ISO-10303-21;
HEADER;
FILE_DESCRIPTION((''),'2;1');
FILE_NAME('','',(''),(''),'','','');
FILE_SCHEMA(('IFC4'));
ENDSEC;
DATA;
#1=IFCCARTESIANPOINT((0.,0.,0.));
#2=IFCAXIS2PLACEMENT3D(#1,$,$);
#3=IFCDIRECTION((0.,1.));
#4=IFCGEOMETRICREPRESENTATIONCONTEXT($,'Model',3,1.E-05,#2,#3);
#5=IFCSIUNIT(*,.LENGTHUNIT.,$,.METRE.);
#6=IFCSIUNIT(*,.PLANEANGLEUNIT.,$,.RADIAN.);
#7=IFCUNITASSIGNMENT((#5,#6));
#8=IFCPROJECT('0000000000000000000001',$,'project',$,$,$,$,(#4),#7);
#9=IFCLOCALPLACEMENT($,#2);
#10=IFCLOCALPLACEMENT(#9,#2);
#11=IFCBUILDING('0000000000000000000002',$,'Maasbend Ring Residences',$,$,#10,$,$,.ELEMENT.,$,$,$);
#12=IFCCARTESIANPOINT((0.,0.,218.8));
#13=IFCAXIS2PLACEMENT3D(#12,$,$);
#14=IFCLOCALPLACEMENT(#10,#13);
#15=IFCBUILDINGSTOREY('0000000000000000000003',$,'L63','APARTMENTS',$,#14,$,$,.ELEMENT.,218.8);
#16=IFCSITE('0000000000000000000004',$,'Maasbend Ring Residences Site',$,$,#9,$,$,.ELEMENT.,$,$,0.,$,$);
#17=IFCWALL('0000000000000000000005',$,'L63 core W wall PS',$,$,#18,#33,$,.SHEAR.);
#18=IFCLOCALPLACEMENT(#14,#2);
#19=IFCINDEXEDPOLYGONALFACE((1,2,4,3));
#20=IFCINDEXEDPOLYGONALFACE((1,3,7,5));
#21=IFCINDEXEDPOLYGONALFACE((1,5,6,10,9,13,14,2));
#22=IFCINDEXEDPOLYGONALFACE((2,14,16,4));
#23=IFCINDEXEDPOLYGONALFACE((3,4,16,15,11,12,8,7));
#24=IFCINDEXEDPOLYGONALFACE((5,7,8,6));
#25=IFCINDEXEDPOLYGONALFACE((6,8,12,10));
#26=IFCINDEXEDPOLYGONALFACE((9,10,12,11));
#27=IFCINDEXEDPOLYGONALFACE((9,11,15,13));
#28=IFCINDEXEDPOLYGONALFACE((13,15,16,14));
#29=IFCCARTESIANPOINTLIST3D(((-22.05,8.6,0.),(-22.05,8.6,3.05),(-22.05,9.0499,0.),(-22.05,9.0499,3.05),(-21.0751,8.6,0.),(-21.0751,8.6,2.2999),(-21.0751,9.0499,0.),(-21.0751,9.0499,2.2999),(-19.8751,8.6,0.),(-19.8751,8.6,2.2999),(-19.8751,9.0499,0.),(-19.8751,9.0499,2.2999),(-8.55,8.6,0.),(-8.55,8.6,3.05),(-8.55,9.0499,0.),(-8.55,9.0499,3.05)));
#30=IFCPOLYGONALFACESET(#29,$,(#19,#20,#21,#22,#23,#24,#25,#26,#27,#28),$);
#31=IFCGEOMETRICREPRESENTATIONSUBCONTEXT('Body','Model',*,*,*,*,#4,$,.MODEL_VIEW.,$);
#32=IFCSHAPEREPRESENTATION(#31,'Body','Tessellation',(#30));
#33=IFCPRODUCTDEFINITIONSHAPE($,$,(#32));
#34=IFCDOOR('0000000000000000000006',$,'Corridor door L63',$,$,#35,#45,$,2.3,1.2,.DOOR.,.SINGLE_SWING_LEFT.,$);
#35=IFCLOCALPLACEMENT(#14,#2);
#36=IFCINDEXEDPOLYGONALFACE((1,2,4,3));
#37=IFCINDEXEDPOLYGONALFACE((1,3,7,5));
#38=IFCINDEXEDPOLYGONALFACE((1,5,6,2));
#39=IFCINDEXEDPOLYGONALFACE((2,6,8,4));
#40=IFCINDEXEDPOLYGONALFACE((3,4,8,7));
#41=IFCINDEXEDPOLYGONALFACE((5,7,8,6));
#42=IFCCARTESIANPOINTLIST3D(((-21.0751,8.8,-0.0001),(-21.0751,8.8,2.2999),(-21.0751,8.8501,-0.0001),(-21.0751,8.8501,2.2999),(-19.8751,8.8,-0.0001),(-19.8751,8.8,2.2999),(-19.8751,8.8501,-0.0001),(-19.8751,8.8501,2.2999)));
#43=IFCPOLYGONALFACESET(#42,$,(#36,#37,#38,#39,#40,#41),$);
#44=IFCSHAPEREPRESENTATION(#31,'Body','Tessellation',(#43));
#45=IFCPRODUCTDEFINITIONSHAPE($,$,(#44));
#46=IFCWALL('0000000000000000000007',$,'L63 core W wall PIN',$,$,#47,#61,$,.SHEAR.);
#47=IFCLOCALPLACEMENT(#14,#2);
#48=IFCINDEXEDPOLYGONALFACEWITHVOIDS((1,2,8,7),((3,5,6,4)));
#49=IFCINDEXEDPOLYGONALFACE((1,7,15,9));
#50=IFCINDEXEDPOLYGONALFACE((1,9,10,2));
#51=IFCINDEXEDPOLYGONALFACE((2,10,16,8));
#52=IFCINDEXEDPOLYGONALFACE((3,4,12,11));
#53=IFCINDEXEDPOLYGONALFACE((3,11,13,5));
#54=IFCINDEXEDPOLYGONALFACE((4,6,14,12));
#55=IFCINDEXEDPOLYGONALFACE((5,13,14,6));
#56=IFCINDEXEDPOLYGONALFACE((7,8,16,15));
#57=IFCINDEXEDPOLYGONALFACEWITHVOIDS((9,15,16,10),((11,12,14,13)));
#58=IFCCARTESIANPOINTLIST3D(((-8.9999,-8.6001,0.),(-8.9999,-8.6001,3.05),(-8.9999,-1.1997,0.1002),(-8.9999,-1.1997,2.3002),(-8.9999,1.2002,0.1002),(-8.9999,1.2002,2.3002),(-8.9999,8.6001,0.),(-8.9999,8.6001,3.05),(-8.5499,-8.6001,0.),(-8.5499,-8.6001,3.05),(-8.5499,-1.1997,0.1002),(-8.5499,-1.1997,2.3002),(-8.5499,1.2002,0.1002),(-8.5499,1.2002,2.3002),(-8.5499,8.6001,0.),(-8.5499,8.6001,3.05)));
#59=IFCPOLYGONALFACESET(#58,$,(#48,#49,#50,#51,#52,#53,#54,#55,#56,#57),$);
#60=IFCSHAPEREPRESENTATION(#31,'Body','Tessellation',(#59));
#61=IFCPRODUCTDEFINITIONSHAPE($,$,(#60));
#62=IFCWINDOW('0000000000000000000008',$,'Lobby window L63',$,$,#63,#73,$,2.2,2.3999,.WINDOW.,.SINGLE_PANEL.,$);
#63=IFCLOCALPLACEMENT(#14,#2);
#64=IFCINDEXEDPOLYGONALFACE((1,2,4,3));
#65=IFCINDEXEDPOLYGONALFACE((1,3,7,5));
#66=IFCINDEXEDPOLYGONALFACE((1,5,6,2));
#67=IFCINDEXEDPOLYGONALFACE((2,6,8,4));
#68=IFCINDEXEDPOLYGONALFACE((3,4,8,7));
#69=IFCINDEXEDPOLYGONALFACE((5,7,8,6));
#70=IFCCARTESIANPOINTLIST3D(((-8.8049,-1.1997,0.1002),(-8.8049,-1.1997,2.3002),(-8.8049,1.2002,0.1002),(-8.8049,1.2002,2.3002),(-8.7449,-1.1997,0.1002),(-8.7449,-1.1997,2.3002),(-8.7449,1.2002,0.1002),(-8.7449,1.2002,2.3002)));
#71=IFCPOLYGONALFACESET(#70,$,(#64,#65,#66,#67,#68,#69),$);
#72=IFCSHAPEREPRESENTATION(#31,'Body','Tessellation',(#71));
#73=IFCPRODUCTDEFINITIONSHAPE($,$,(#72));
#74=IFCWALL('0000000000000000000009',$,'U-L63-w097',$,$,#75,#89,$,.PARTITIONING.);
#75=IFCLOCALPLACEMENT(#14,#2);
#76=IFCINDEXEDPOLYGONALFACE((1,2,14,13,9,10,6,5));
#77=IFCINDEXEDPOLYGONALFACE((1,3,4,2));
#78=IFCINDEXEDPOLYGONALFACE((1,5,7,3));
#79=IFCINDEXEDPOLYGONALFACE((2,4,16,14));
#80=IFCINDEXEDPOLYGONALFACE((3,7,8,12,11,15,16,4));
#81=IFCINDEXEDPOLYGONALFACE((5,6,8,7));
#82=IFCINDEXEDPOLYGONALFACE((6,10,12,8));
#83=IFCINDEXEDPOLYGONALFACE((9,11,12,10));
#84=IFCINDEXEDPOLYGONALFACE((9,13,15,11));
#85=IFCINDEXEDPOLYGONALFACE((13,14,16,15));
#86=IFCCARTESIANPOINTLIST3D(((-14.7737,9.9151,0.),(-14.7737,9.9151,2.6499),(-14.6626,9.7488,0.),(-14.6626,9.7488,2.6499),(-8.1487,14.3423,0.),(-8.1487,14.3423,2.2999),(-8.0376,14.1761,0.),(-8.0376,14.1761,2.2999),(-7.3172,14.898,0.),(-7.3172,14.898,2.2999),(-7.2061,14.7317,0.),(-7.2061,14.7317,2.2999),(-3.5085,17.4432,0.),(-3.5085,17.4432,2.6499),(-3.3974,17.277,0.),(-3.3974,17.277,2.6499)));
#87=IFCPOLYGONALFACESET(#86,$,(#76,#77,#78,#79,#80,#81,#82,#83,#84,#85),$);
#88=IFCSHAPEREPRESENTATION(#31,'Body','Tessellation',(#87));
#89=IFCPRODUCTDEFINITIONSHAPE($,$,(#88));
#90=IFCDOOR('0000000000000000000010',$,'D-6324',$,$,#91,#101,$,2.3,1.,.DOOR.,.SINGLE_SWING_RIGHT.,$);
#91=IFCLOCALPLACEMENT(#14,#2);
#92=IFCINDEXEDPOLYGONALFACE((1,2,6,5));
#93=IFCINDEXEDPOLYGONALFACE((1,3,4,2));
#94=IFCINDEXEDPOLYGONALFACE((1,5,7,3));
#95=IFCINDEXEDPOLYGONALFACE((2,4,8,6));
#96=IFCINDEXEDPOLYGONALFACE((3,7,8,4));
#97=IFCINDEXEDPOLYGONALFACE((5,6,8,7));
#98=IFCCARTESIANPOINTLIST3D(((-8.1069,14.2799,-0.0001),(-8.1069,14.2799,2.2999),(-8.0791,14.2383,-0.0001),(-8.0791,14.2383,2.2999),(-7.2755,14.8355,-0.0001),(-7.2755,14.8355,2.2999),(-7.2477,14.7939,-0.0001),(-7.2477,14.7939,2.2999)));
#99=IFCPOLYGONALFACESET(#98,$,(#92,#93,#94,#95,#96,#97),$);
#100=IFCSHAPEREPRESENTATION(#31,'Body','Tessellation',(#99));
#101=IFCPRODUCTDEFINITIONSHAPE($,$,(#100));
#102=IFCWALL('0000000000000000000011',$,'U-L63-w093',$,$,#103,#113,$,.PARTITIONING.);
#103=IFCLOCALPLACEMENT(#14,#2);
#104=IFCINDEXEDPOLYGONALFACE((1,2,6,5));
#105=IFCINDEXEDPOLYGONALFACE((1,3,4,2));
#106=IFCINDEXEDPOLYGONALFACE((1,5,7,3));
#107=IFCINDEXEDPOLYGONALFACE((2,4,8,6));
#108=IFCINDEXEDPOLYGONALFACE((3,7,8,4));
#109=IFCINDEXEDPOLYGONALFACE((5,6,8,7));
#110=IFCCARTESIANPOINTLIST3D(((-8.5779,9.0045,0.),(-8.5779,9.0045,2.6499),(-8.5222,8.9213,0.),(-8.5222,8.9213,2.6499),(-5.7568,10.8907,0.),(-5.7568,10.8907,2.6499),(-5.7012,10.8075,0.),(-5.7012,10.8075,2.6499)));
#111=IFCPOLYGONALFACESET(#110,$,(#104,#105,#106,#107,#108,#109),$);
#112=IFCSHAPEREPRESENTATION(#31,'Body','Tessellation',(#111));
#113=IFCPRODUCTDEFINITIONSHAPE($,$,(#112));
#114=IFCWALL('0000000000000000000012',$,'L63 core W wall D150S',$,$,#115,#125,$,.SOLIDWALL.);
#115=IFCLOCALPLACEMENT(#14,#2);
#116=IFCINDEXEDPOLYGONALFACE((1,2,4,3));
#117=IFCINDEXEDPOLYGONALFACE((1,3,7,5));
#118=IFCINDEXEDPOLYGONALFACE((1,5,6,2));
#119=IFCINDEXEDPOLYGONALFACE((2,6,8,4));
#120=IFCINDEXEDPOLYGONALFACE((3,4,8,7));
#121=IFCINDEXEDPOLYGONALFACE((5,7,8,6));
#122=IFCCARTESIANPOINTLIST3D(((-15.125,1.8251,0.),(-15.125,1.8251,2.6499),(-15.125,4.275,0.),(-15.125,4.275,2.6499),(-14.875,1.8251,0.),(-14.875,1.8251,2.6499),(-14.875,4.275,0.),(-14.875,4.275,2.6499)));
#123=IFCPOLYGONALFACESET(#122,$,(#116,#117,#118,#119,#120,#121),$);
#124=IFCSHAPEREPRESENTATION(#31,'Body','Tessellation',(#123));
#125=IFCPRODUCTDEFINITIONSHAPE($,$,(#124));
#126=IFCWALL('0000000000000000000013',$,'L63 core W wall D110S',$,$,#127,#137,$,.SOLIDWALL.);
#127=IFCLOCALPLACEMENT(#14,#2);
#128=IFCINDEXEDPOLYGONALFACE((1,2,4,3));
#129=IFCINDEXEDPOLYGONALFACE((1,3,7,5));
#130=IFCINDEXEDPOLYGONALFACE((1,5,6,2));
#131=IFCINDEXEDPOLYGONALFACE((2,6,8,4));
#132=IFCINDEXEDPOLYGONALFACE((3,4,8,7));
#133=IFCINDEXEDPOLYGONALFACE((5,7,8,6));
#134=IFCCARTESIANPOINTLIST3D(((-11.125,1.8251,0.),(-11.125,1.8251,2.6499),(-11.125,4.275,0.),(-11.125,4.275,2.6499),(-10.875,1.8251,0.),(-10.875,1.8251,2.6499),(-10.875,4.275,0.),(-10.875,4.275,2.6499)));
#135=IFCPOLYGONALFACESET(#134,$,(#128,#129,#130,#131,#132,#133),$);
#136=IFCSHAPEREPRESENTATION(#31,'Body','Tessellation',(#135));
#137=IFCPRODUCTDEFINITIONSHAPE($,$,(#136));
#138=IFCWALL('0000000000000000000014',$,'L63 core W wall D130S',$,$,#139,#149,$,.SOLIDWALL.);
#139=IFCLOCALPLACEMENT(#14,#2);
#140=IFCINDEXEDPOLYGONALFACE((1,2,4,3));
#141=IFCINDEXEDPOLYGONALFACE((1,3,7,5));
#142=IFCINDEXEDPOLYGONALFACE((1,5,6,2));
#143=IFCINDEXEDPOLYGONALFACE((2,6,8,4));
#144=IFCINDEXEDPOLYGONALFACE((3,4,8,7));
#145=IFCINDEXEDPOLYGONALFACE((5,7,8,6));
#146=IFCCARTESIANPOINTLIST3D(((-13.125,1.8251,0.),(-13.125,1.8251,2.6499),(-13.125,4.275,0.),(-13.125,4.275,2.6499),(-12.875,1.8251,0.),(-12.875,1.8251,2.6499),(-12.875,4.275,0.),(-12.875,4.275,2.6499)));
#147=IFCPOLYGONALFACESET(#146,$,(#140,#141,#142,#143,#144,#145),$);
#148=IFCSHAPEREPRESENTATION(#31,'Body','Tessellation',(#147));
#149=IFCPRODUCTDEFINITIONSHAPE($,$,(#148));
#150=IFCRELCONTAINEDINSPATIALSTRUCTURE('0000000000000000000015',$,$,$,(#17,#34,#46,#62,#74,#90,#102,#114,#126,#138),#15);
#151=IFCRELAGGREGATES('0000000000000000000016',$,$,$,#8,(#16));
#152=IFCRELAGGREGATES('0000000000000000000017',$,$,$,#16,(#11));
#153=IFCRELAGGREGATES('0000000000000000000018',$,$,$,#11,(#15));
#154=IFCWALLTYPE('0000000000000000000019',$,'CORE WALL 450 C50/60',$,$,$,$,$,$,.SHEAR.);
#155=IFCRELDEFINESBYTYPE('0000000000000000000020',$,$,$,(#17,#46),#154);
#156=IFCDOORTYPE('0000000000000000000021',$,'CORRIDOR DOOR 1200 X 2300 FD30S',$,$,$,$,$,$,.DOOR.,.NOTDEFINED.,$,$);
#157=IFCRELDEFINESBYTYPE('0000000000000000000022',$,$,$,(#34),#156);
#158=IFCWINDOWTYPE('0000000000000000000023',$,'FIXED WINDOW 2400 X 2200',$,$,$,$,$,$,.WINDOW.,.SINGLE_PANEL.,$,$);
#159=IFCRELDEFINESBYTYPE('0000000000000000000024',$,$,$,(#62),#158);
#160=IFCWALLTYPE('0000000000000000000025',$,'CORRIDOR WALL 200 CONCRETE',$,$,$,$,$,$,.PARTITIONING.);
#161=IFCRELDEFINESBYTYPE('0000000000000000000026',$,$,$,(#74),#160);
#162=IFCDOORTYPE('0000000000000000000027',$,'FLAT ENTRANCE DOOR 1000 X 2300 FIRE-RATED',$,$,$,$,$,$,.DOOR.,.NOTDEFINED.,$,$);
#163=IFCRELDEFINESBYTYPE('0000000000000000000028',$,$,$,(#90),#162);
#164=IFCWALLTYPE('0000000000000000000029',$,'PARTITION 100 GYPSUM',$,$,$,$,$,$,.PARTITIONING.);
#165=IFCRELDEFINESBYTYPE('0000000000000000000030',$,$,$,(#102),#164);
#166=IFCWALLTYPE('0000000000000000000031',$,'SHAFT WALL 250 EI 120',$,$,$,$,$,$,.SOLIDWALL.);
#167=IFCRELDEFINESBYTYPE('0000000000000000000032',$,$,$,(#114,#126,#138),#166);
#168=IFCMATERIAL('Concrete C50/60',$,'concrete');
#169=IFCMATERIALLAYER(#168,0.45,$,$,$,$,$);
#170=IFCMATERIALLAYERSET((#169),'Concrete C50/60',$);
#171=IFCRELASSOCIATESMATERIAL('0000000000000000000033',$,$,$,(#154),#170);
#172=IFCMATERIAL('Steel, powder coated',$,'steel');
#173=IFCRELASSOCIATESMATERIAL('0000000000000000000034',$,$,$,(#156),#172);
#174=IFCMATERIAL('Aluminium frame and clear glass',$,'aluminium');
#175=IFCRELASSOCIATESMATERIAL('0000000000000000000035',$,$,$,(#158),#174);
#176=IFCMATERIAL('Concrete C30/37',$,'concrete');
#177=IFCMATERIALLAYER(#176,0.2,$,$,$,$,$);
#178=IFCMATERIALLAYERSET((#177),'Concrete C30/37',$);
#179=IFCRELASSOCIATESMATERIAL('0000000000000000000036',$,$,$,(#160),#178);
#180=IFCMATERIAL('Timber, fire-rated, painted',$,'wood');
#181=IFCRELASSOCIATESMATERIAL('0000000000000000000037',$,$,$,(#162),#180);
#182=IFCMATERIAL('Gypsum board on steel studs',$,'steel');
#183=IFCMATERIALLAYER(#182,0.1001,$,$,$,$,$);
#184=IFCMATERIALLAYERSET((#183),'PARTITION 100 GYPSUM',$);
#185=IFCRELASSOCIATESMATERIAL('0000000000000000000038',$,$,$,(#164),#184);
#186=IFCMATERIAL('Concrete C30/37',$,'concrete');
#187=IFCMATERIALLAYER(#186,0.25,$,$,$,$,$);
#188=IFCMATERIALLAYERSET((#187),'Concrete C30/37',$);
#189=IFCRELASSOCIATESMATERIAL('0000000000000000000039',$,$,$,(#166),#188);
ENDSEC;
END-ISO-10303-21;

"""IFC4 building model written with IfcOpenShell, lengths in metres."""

from ifc_helpers import new_model, si_unit, direction, frame, frame_2d, origin, place, context, subcontext, project, spatial, rectangle, extrude, material, layer, layer_set, type_object, element, fill, save


model = new_model("IFC4")

# Units and contexts
model_context = context("Model", 3, precision=1e-05, world=origin(), true_north=direction((0.0, 1.0)))
body_context = subcontext(model_context, "Body", "Model", "MODEL_VIEW")
ifc_project = project(units=[si_unit("LENGTHUNIT", "METRE"), si_unit("PLANEANGLEUNIT", "RADIAN")], contexts=[model_context])

# Site, building, storey
site_placement = place(None, origin())
site = spatial("IfcSite", under=ifc_project, at=site_placement, Name="Maasbend Ring Residences Site", CompositionType="ELEMENT", RefElevation=0.0)
building_placement = place(site_placement, origin())
building = spatial("IfcBuilding", under=site, at=building_placement, Name="Maasbend Ring Residences", CompositionType="ELEMENT")
storey_placement = place(building_placement, frame((0.0, 0.0, 218.8)))
storey = spatial("IfcBuildingStorey", under=building, at=storey_placement, Name="L63", Description="APARTMENTS", CompositionType="ELEMENT", Elevation=218.8)

# Wall, opening, door
ifc_material_1 = material(Name="Concrete C50/60", Category="concrete")
ifc_layer_1 = layer(ifc_material_1, 0.45)
ifc_layer_set_1 = layer_set([ifc_layer_1], Name="Concrete C50/60")
wall_type_1 = type_object("IfcWallType", Name="CORE WALL 450 C50/60", PredefinedType="SHEAR", material=ifc_layer_set_1)
wall_1_placement = place(storey_placement, frame((-8.55, 8.825, 0.0), z_axis=(0.0, 0.0, 1.0), x_axis=(-1.0, 0.0, 0.0)))
wall_1 = element("IfcWall", 1, at=wall_1_placement, inside=storey, type_object=wall_type_1, Name="L63 core W wall PS", PredefinedType="SHEAR", context=body_context, shape_type="SweptSolid", body=[
    extrude(rectangle(XDim=13.5, YDim=0.45, at=frame_2d((6.75, 0.0))), origin(), (0.0, 0.0, 1.0), 3.05),
])
opening_1_placement = place(wall_1_placement, frame((11.325, 0.0, 0.0)))
opening_1 = element("IfcOpeningElement", 2, at=opening_1_placement, cuts=wall_1, PredefinedType="OPENING", context=body_context, shape_type="SweptSolid", body=[
    extrude(rectangle(XDim=1.2, YDim=2.3, at=frame_2d((0.6001, 1.1499))), frame((0.0, 0.2349, 0.0), z_axis=(0.0, -1.0, 0.0), x_axis=(1.0, 0.0, 0.0)), (0.0, 0.0, 1.0), 0.47),
])
ifc_material_2 = material(Name="Steel, powder coated", Category="steel")
door_type_1 = type_object("IfcDoorType", Name="CORRIDOR DOOR 1200 X 2300 FD30S", OperationType="NOTDEFINED", PredefinedType="DOOR", material=ifc_material_2)
door_1_placement = place(opening_1_placement, origin())
door_1 = element("IfcDoor", 3, at=door_1_placement, inside=storey, type_object=door_type_1, Name="Corridor door L63", OperationType="SINGLE_SWING_LEFT", OverallHeight=2.3, OverallWidth=1.2, PredefinedType="DOOR", context=body_context, shape_type="SweptSolid", body=[
    extrude(rectangle(XDim=1.2, YDim=2.3, at=frame_2d((0.6001, 1.1499))), frame((0.0, 0.0249, 0.0), z_axis=(0.0, -1.0, 0.0), x_axis=(1.0, 0.0, 0.0)), (0.0, 0.0, 1.0), 0.05),
])
fill(opening_1, door_1)

# Wall, opening, window
wall_2_placement = place(storey_placement, frame((-8.7749, 8.6001, 0.0), z_axis=(0.0, 0.0, 1.0), x_axis=(0.0, -1.0, 0.0)))
wall_2 = element("IfcWall", 4, at=wall_2_placement, inside=storey, type_object=wall_type_1, Name="L63 core W wall PIN", PredefinedType="SHEAR", context=body_context, shape_type="SweptSolid", body=[
    extrude(rectangle(XDim=17.2002, YDim=0.45, at=frame_2d((8.6001, 0.0))), origin(), (0.0, 0.0, 1.0), 3.05),
])
opening_2_placement = place(wall_2_placement, frame((7.3999, 0.0, 0.1001)))
opening_2 = element("IfcOpeningElement", 5, at=opening_2_placement, cuts=wall_2, PredefinedType="OPENING", context=body_context, shape_type="SweptSolid", body=[
    extrude(rectangle(XDim=2.3999, YDim=2.2, at=frame_2d((1.2, 1.1001))), frame((0.0, 0.2349, 0.0), z_axis=(0.0, -1.0, 0.0), x_axis=(1.0, 0.0, 0.0)), (0.0, 0.0, 1.0), 0.47),
])
ifc_material_3 = material(Name="Aluminium frame and clear glass", Category="aluminium")
window_type = type_object("IfcWindowType", Name="FIXED WINDOW 2400 X 2200", PartitioningType="SINGLE_PANEL", PredefinedType="WINDOW", material=ifc_material_3)
window_placement = place(opening_2_placement, origin())
window = element("IfcWindow", 6, at=window_placement, inside=storey, type_object=window_type, Name="Lobby window L63", OverallHeight=2.2, OverallWidth=2.3999, PartitioningType="SINGLE_PANEL", PredefinedType="WINDOW", context=body_context, shape_type="SweptSolid", body=[
    extrude(rectangle(XDim=2.3999, YDim=2.2, at=frame_2d((1.2, 1.1001))), frame((0.0, 0.03, 0.0), z_axis=(0.0, -1.0, 0.0), x_axis=(1.0, 0.0, 0.0)), (0.0, 0.0, 1.0), 0.0601),
])
fill(opening_2, window)

# Wall, opening, door
ifc_material_4 = material(Name="Concrete C30/37", Category="concrete")
ifc_layer_2 = layer(ifc_material_4, 0.2)
ifc_layer_set_2 = layer_set([ifc_layer_2], Name="Concrete C30/37")
wall_type_2 = type_object("IfcWallType", Name="CORRIDOR WALL 200 CONCRETE", PredefinedType="PARTITIONING", material=ifc_layer_set_2)
wall_3_placement = place(storey_placement, frame((-14.718, 9.832, 0.0), z_axis=(0.0, 0.0, 1.0), x_axis=(0.831437, 0.555619, 0.0)))
wall_3 = element("IfcWall", 7, at=wall_3_placement, inside=storey, type_object=wall_type_2, Name="U-L63-w097", PredefinedType="PARTITIONING", context=body_context, shape_type="SweptSolid", body=[
    extrude(rectangle(XDim=13.5491, YDim=0.2, at=frame_2d((6.7744, 0.0))), origin(), (0.0, 0.0, 1.0), 2.6499),
])
opening_3_placement = place(wall_3_placement, frame((7.968, 0.0, 0.0)))
opening_3 = element("IfcOpeningElement", 8, at=opening_3_placement, cuts=wall_3, PredefinedType="OPENING", context=body_context, shape_type="SweptSolid", body=[
    extrude(rectangle(XDim=1.0, YDim=2.3, at=frame_2d((0.5, 1.1499))), frame((0.0, 0.1099, 0.0), z_axis=(0.0, -1.0, 0.0), x_axis=(1.0, 0.0, 0.0)), (0.0, 0.0, 1.0), 0.22),
])
ifc_material_5 = material(Name="Timber, fire-rated, painted", Category="wood")
door_type_2 = type_object("IfcDoorType", Name="FLAT ENTRANCE DOOR 1000 X 2300 FIRE-RATED", OperationType="NOTDEFINED", PredefinedType="DOOR", material=ifc_material_5)
door_2_placement = place(opening_3_placement, origin())
door_2 = element("IfcDoor", 9, at=door_2_placement, inside=storey, type_object=door_type_2, Name="D-6324", OperationType="SINGLE_SWING_RIGHT", OverallHeight=2.3, OverallWidth=1.0, PredefinedType="DOOR", context=body_context, shape_type="SweptSolid", body=[
    extrude(rectangle(XDim=1.0, YDim=2.3, at=frame_2d((0.5, 1.1499))), frame((0.0, 0.0249, 0.0), z_axis=(0.0, -1.0, 0.0), x_axis=(1.0, 0.0, 0.0)), (0.0, 0.0, 1.0), 0.05),
])
fill(opening_3, door_2)

# Walls
ifc_material_6 = material(Name="Gypsum board on steel studs", Category="steel")
ifc_layer_3 = layer(ifc_material_6, 0.1001)
ifc_layer_set_3 = layer_set([ifc_layer_3], Name="PARTITION 100 GYPSUM")
wall_type_3 = type_object("IfcWallType", Name="PARTITION 100 GYPSUM", PredefinedType="PARTITIONING", material=ifc_layer_set_3)
wall_4_placement = place(storey_placement, frame((-8.55, 8.9629, 0.0), z_axis=(0.0, 0.0, 1.0), x_axis=(0.831297, 0.555829, 0.0)))
element("IfcWall", 10, at=wall_4_placement, inside=storey, type_object=wall_type_3, Name="U-L63-w093", PredefinedType="PARTITIONING", context=body_context, shape_type="SweptSolid", body=[
    extrude(rectangle(XDim=3.3936, YDim=0.1001, at=frame_2d((1.6968, 0.0))), origin(), (0.0, 0.0, 1.0), 2.6499),
])
ifc_material_7 = material(Name="Concrete C30/37", Category="concrete")
ifc_layer_4 = layer(ifc_material_7, 0.25)
ifc_layer_set_4 = layer_set([ifc_layer_4], Name="Concrete C30/37")
wall_type_4 = type_object("IfcWallType", Name="SHAFT WALL 250 EI 120", PredefinedType="SOLIDWALL", material=ifc_layer_set_4)
for number, where, z_axis, x_axis, name in (
    (11, (-15.0, 1.825, 0.0), (0.0, 0.0, 1.0), (0.0, 1.0, 0.0), "L63 core W wall D150S"),
    (12, (-11.0, 1.825, 0.0), (0.0, 0.0, 1.0), (0.0, 1.0, 0.0), "L63 core W wall D110S"),
    (13, (-13.0, 1.825, 0.0), (0.0, 0.0, 1.0), (0.0, 1.0, 0.0), "L63 core W wall D130S"),
):
    element("IfcWall", number, at=place(storey_placement, frame(where, z_axis=z_axis, x_axis=x_axis)), inside=storey, type_object=wall_type_4, Name=name, PredefinedType="SOLIDWALL", context=body_context, shape_type="SweptSolid", body=[
        extrude(rectangle(XDim=2.45, YDim=0.25, at=frame_2d((1.2251, 0.0))), origin(), (0.0, 0.0, 1.0), 2.6499),
    ])

save(model, "model.ifc")
